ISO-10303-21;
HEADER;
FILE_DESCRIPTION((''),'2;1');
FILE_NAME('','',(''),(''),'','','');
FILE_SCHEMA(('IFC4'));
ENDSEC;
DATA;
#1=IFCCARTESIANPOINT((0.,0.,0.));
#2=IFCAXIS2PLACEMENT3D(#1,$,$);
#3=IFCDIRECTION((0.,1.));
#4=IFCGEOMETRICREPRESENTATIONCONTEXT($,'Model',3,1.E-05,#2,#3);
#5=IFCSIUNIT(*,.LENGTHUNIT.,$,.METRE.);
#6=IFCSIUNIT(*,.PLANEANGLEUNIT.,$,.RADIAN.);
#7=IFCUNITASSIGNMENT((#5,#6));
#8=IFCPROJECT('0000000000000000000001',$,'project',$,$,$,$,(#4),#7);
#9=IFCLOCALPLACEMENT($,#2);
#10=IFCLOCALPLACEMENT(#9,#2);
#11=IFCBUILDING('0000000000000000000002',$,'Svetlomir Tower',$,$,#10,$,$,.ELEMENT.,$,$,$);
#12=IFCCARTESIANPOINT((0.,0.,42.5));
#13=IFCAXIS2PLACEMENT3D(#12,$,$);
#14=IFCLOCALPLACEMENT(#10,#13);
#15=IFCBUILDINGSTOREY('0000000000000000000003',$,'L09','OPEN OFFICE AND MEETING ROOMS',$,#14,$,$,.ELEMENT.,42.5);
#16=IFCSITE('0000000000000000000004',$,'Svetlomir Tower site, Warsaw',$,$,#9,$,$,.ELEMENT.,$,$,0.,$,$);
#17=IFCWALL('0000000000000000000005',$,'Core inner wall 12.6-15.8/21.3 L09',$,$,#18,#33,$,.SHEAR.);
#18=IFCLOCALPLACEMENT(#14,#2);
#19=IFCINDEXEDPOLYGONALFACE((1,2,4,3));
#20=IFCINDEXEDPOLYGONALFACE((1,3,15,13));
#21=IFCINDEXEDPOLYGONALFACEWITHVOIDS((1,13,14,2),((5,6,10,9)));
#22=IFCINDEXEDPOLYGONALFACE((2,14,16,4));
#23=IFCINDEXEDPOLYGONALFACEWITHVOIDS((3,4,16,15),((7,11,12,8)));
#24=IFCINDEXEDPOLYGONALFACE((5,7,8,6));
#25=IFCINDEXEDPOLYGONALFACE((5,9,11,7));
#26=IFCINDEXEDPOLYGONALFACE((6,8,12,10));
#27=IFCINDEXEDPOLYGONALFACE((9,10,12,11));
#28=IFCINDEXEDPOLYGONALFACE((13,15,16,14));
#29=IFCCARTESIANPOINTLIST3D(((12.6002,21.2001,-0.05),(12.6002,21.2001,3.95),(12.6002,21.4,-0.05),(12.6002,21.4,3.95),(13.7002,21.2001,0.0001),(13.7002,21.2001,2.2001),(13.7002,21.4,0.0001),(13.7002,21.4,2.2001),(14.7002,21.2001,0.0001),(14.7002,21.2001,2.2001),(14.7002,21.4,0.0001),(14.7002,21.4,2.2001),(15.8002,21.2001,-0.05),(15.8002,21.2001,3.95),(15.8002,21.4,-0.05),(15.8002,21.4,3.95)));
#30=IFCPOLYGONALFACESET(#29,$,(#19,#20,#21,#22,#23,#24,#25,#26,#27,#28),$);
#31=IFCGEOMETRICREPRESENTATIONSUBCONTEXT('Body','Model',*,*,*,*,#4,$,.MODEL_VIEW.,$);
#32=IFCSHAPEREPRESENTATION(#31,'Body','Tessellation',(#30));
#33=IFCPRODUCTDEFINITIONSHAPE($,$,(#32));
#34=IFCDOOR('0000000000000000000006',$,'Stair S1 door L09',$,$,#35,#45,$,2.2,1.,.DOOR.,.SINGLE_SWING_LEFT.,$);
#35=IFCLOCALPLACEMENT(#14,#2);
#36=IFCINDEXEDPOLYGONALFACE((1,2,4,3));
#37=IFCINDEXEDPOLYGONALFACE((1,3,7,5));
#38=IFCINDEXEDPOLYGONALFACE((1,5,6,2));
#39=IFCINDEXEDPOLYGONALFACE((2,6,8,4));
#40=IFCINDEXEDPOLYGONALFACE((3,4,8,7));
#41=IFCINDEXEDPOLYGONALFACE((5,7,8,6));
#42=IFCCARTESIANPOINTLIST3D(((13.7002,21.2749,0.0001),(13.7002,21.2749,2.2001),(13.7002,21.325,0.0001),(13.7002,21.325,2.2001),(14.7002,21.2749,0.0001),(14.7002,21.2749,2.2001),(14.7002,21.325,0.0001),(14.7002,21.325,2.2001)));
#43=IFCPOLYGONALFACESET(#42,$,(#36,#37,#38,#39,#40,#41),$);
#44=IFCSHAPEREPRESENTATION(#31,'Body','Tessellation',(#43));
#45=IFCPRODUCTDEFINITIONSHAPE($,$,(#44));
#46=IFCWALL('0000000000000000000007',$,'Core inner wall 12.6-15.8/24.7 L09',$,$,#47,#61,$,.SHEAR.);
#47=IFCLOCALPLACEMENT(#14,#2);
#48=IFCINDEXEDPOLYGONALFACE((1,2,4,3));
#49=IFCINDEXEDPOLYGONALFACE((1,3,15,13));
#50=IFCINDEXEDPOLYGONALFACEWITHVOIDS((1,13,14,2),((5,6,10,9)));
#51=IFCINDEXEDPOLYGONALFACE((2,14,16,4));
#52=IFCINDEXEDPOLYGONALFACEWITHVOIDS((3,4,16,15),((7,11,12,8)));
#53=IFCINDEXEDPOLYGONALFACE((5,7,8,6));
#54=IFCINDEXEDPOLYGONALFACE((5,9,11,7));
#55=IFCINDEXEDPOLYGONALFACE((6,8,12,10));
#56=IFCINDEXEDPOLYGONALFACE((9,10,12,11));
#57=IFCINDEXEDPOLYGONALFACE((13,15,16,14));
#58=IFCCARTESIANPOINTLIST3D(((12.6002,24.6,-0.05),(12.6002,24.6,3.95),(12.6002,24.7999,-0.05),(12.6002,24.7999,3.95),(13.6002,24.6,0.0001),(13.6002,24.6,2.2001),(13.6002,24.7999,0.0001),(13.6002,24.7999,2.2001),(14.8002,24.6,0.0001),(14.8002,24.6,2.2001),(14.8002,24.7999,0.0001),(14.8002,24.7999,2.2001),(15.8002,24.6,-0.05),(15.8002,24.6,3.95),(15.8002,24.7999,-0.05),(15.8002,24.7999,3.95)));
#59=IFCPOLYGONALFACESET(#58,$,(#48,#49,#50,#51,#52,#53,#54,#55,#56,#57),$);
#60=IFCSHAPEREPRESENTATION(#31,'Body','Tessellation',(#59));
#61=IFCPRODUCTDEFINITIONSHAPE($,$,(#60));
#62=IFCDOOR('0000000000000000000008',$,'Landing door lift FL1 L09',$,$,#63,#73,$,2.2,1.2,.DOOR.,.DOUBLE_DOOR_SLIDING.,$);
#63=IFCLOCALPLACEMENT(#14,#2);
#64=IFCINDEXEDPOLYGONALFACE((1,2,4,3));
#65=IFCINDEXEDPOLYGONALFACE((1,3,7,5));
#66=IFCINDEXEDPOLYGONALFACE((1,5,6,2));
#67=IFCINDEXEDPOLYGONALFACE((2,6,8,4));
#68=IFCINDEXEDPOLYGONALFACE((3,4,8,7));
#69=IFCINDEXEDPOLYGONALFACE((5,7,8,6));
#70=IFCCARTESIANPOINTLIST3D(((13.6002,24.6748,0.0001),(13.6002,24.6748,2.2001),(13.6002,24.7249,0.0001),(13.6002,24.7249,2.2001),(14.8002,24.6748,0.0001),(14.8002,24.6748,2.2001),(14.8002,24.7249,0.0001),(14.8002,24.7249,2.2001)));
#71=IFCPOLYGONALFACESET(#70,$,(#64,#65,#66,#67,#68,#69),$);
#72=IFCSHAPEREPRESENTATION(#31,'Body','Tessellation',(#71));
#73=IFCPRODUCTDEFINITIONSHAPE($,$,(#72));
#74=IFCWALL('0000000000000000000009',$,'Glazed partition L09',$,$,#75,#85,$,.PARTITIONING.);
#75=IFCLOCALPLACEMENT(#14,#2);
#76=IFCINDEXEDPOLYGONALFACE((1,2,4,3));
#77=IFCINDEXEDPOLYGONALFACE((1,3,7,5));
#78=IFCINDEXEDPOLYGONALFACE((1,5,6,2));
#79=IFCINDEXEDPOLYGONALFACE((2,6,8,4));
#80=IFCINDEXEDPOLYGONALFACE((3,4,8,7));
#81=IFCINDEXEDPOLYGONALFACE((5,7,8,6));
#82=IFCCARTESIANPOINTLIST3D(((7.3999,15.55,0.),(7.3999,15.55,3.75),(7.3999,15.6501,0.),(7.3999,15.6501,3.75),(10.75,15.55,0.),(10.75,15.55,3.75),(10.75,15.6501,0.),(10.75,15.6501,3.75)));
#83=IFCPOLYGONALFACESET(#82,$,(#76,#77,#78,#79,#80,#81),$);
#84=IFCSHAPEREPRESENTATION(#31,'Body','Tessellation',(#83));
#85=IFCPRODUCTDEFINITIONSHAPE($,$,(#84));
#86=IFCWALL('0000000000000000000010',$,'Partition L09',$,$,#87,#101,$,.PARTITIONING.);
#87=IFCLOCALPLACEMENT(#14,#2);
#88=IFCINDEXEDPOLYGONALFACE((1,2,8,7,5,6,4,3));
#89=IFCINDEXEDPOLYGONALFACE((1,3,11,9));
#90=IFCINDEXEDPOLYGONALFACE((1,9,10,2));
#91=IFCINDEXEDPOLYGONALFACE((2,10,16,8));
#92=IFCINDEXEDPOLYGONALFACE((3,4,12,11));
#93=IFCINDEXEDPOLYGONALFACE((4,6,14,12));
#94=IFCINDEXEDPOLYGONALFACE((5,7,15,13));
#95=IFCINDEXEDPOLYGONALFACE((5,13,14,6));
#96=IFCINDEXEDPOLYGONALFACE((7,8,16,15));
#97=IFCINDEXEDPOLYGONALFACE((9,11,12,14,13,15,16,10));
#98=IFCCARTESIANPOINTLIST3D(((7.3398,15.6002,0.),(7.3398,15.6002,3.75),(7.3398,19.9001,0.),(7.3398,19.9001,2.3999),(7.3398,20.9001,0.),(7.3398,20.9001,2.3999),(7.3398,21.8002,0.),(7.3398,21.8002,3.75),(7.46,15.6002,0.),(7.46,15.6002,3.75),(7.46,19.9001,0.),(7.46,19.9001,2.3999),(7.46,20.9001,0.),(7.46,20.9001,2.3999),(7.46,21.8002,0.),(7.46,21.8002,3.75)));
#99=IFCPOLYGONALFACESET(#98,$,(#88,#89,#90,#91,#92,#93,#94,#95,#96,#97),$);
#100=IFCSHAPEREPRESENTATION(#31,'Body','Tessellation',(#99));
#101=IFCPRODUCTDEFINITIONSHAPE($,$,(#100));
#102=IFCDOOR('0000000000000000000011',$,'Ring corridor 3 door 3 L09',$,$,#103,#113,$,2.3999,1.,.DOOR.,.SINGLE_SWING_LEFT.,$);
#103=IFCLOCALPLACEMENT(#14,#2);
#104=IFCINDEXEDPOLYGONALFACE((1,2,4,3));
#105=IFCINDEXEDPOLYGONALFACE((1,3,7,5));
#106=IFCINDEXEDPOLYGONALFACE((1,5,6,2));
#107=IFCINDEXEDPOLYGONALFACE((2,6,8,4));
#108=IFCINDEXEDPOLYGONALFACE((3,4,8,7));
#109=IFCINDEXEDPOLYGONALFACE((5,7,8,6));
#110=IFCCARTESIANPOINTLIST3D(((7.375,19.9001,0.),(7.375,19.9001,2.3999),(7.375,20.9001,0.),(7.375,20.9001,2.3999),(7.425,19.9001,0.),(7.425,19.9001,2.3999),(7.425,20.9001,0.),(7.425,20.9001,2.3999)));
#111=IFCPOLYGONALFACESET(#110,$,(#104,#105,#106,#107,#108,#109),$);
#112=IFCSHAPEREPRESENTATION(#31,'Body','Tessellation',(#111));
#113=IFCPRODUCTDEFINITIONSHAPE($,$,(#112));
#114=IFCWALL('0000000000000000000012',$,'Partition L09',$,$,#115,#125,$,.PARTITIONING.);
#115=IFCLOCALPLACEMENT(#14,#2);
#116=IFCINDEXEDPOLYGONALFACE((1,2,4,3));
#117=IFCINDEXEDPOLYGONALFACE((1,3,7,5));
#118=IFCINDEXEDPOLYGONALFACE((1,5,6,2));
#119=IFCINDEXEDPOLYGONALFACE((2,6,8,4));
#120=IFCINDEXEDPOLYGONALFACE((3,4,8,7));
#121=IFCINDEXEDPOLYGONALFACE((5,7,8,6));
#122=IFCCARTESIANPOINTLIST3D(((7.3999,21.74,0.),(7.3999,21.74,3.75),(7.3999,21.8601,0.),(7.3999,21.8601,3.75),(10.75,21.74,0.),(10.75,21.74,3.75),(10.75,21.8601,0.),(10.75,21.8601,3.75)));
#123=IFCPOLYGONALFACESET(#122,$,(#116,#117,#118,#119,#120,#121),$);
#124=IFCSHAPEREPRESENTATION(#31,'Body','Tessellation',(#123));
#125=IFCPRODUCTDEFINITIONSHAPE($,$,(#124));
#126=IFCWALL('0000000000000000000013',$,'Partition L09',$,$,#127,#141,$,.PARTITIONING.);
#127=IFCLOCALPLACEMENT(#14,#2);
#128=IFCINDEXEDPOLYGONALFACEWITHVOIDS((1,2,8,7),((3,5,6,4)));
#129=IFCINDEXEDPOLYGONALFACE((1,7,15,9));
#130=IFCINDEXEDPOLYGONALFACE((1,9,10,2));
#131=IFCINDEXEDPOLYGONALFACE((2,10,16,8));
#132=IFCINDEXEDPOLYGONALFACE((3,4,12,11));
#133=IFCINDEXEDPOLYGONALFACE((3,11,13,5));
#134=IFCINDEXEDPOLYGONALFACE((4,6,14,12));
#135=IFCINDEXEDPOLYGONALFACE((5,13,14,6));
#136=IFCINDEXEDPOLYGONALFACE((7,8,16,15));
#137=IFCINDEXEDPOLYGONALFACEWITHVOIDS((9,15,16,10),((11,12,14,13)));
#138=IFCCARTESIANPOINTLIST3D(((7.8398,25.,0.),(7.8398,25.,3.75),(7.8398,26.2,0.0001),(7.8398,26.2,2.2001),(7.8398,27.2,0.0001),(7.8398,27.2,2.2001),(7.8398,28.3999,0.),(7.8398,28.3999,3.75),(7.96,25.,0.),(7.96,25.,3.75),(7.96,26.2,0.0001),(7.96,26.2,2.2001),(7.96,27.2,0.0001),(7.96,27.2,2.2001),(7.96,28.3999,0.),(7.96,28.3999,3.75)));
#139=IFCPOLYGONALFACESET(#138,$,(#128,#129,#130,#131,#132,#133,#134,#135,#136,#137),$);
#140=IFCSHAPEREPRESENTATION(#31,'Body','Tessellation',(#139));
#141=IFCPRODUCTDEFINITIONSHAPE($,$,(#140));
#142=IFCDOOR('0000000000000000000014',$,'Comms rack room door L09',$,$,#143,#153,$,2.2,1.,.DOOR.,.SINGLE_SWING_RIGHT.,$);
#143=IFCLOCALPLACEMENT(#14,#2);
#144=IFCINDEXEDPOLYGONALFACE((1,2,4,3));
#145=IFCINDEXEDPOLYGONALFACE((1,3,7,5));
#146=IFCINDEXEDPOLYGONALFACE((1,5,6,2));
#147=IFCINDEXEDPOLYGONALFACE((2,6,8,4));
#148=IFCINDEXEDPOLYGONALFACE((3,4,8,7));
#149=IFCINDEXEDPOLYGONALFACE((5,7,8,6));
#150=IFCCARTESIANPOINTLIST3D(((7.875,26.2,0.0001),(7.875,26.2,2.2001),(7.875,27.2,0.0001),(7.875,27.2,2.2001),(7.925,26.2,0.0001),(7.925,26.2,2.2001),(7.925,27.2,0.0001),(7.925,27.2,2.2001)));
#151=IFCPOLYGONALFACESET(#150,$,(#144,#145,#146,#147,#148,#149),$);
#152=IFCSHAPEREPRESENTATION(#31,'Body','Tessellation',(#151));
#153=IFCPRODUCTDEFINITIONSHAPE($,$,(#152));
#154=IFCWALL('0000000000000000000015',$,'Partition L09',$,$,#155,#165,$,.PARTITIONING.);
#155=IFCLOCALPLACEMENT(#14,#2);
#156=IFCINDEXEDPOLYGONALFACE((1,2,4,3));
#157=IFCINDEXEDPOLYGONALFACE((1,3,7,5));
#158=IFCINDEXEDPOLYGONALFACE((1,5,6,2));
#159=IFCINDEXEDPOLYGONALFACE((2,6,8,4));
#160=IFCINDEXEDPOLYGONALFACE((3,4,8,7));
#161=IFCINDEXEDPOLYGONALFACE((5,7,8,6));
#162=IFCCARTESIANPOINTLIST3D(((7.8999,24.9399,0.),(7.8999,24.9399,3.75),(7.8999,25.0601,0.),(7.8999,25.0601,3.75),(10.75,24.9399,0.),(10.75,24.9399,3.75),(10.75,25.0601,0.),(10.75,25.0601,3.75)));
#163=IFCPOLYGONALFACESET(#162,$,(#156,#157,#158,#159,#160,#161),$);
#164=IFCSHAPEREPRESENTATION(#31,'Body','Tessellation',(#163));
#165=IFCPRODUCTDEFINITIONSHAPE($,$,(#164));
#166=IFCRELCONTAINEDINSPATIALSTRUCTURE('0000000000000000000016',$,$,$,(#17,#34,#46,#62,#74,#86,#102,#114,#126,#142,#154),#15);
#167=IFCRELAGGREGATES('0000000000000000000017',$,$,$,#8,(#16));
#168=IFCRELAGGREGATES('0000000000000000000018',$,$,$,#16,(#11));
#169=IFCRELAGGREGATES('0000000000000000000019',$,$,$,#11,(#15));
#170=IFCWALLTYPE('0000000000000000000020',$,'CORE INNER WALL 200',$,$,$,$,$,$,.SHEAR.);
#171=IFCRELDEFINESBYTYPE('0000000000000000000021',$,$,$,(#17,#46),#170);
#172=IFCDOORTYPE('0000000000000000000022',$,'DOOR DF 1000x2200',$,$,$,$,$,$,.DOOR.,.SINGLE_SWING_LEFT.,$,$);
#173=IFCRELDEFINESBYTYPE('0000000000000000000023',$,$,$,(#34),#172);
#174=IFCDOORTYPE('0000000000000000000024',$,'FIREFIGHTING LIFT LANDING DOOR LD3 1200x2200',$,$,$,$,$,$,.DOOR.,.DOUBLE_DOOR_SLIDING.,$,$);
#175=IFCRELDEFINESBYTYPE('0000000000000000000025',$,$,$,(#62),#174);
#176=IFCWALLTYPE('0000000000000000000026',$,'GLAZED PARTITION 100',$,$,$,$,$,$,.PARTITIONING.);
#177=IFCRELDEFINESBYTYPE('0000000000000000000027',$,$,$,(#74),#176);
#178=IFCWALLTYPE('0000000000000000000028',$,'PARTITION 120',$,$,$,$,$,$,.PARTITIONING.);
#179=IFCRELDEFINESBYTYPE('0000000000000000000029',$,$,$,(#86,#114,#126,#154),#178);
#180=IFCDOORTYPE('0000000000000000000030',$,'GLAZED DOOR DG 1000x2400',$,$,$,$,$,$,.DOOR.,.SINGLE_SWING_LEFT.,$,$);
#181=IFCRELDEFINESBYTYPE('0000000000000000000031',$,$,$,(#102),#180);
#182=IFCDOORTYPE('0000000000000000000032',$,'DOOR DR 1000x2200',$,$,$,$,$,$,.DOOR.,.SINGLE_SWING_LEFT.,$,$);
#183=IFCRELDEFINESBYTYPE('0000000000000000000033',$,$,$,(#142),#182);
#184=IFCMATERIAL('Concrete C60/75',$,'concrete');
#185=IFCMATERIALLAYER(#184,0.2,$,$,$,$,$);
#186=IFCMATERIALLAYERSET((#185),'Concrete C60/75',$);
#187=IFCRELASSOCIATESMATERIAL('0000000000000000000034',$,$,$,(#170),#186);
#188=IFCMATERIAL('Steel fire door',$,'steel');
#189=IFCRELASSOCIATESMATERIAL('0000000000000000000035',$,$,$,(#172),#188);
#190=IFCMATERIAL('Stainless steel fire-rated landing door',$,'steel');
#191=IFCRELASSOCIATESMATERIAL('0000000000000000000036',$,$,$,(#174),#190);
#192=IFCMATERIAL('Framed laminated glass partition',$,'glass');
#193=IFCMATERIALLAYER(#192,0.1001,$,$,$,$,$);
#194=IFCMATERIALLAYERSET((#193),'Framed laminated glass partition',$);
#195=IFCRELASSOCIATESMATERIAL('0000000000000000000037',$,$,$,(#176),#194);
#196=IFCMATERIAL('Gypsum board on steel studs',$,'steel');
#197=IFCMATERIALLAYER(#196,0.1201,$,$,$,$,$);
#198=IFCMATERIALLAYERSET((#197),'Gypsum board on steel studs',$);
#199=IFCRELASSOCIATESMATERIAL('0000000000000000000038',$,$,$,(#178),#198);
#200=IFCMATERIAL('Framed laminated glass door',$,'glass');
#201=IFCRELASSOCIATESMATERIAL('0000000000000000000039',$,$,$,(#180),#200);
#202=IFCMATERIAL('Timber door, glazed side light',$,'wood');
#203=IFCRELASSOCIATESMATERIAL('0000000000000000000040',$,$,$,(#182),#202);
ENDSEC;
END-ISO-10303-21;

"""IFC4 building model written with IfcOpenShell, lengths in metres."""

from ifc_helpers import new_model, si_unit, direction, frame, frame_2d, origin, place, context, subcontext, project, spatial, rectangle, extrude, material, layer, layer_set, type_object, element, fill, save


model = new_model("IFC4")

# Units and contexts
model_context = context("Model", 3, precision=1e-05, world=origin(), true_north=direction((0.0, 1.0)))
body_context = subcontext(model_context, "Body", "Model", "MODEL_VIEW")
ifc_project = project(units=[si_unit("LENGTHUNIT", "METRE"), si_unit("PLANEANGLEUNIT", "RADIAN")], contexts=[model_context])

# Site, building, storey
site_placement = place(None, origin())
site = spatial("IfcSite", under=ifc_project, at=site_placement, Name="Svetlomir Tower site, Warsaw", CompositionType="ELEMENT", RefElevation=0.0)
building_placement = place(site_placement, origin())
building = spatial("IfcBuilding", under=site, at=building_placement, Name="Svetlomir Tower", CompositionType="ELEMENT")
storey_placement = place(building_placement, frame((0.0, 0.0, 42.5)))
storey = spatial("IfcBuildingStorey", under=building, at=storey_placement, Name="L09", Description="OPEN OFFICE AND MEETING ROOMS", CompositionType="ELEMENT", Elevation=42.5)

# Walls, openings, doors
ifc_material_1 = material(Name="Concrete C60/75", Category="concrete")
ifc_layer_1 = layer(ifc_material_1, 0.2)
ifc_layer_set_1 = layer_set([ifc_layer_1], Name="Concrete C60/75")
wall_type_1 = type_object("IfcWallType", Name="CORE INNER WALL 200", PredefinedType="SHEAR", material=ifc_layer_set_1)
wall_1_placement = place(storey_placement, frame((12.6001, 21.3, -0.05), z_axis=(0.0, 0.0, 1.0), x_axis=(1.0, 0.0, 0.0)))
wall_1 = element("IfcWall", 1, at=wall_1_placement, inside=storey, type_object=wall_type_1, Name="Core inner wall 12.6-15.8/21.3 L09", PredefinedType="SHEAR", context=body_context, shape_type="SweptSolid", body=[
    extrude(rectangle(XDim=3.2, YDim=0.2, at=frame_2d((1.6001, 0.0))), origin(), (0.0, 0.0, 1.0), 4.0),
])
opening_1_placement = place(wall_1_placement, frame((1.1001, 0.0, 0.05)))
opening_1 = element("IfcOpeningElement", 2, at=opening_1_placement, cuts=wall_1, PredefinedType="OPENING", context=body_context, shape_type="SweptSolid", body=[
    extrude(rectangle(XDim=1.0, YDim=2.2, at=frame_2d((0.5, 1.1001))), frame((0.0, 0.1099, 0.0), z_axis=(0.0, -1.0, 0.0), x_axis=(1.0, 0.0, 0.0)), (0.0, 0.0, 1.0), 0.22),
])
ifc_material_2 = material(Name="Steel fire door", Category="steel")
door_type_1 = type_object("IfcDoorType", Name="DOOR DF 1000x2200", OperationType="SINGLE_SWING_LEFT", PredefinedType="DOOR", material=ifc_material_2)
door_1_placement = place(opening_1_placement, origin())
door_1 = element("IfcDoor", 3, at=door_1_placement, inside=storey, type_object=door_type_1, Name="Stair S1 door L09", OperationType="SINGLE_SWING_LEFT", OverallHeight=2.2, OverallWidth=1.0, PredefinedType="DOOR", context=body_context, shape_type="SweptSolid", body=[
    extrude(rectangle(XDim=1.0, YDim=2.2, at=frame_2d((0.5, 1.1001))), frame((0.0, 0.0249, 0.0), z_axis=(0.0, -1.0, 0.0), x_axis=(1.0, 0.0, 0.0)), (0.0, 0.0, 1.0), 0.05),
])
fill(opening_1, door_1)
wall_2_placement = place(storey_placement, frame((12.6001, 24.7, -0.05), z_axis=(0.0, 0.0, 1.0), x_axis=(1.0, 0.0, 0.0)))
wall_2 = element("IfcWall", 4, at=wall_2_placement, inside=storey, type_object=wall_type_1, Name="Core inner wall 12.6-15.8/24.7 L09", PredefinedType="SHEAR", context=body_context, shape_type="SweptSolid", body=[
    extrude(rectangle(XDim=3.2, YDim=0.2, at=frame_2d((1.6001, 0.0))), origin(), (0.0, 0.0, 1.0), 4.0),
])
opening_2_placement = place(wall_2_placement, frame((1.0, 0.0, 0.05)))
opening_2 = element("IfcOpeningElement", 5, at=opening_2_placement, cuts=wall_2, PredefinedType="OPENING", context=body_context, shape_type="SweptSolid", body=[
    extrude(rectangle(XDim=1.2, YDim=2.2, at=frame_2d((0.6001, 1.1001))), frame((0.0, 0.1099, 0.0), z_axis=(0.0, -1.0, 0.0), x_axis=(1.0, 0.0, 0.0)), (0.0, 0.0, 1.0), 0.22),
])
ifc_material_3 = material(Name="Stainless steel fire-rated landing door", Category="steel")
door_type_2 = type_object("IfcDoorType", Name="FIREFIGHTING LIFT LANDING DOOR LD3 1200x2200", OperationType="DOUBLE_DOOR_SLIDING", PredefinedType="DOOR", material=ifc_material_3)
door_2_placement = place(opening_2_placement, origin())
door_2 = element("IfcDoor", 6, at=door_2_placement, inside=storey, type_object=door_type_2, Name="Landing door lift FL1 L09", OperationType="DOUBLE_DOOR_SLIDING", OverallHeight=2.2, OverallWidth=1.2, PredefinedType="DOOR", context=body_context, shape_type="SweptSolid", body=[
    extrude(rectangle(XDim=1.2, YDim=2.2, at=frame_2d((0.6001, 1.1001))), frame((0.0, 0.0249, 0.0), z_axis=(0.0, -1.0, 0.0), x_axis=(1.0, 0.0, 0.0)), (0.0, 0.0, 1.0), 0.05),
])
fill(opening_2, door_2)

# Wall
ifc_material_4 = material(Name="Framed laminated glass partition", Category="glass")
ifc_layer_2 = layer(ifc_material_4, 0.1001)
ifc_layer_set_2 = layer_set([ifc_layer_2], Name="Framed laminated glass partition")
wall_type_2 = type_object("IfcWallType", Name="GLAZED PARTITION 100", PredefinedType="PARTITIONING", material=ifc_layer_set_2)
wall_3_placement = place(storey_placement, frame((7.3999, 15.6001, 0.0), z_axis=(0.0, 0.0, 1.0), x_axis=(1.0, 0.0, 0.0)))
element("IfcWall", 7, at=wall_3_placement, inside=storey, type_object=wall_type_2, Name="Glazed partition L09", PredefinedType="PARTITIONING", context=body_context, shape_type="SweptSolid", body=[
    extrude(rectangle(XDim=3.3501, YDim=0.1001, at=frame_2d((1.675, 0.0))), origin(), (0.0, 0.0, 1.0), 3.75),
])

# Wall, opening, door
ifc_material_5 = material(Name="Gypsum board on steel studs", Category="steel")
ifc_layer_3 = layer(ifc_material_5, 0.1201)
ifc_layer_set_3 = layer_set([ifc_layer_3], Name="Gypsum board on steel studs")
wall_type_3 = type_object("IfcWallType", Name="PARTITION 120", PredefinedType="PARTITIONING", material=ifc_layer_set_3)
wall_4_placement = place(storey_placement, frame((7.3999, 15.6001, 0.0), z_axis=(0.0, 0.0, 1.0), x_axis=(0.0, 1.0, 0.0)))
wall_4 = element("IfcWall", 8, at=wall_4_placement, inside=storey, type_object=wall_type_3, Name="Partition L09", PredefinedType="PARTITIONING", context=body_context, shape_type="SweptSolid", body=[
    extrude(rectangle(XDim=6.2, YDim=0.1201, at=frame_2d((3.1001, 0.0))), origin(), (0.0, 0.0, 1.0), 3.75),
])
opening_3_placement = place(wall_4_placement, frame((4.3, 0.0, 0.0)))
opening_3 = element("IfcOpeningElement", 9, at=opening_3_placement, cuts=wall_4, PredefinedType="OPENING", context=body_context, shape_type="SweptSolid", body=[
    extrude(rectangle(XDim=1.0, YDim=2.3999, at=frame_2d((0.5, 1.2))), frame((0.0, 0.0701, 0.0), z_axis=(0.0, -1.0, 0.0), x_axis=(1.0, 0.0, 0.0)), (0.0, 0.0, 1.0), 0.1401),
])
ifc_material_6 = material(Name="Framed laminated glass door", Category="glass")
door_type_3 = type_object("IfcDoorType", Name="GLAZED DOOR DG 1000x2400", OperationType="SINGLE_SWING_LEFT", PredefinedType="DOOR", material=ifc_material_6)
door_3_placement = place(opening_3_placement, origin())
door_3 = element("IfcDoor", 10, at=door_3_placement, inside=storey, type_object=door_type_3, Name="Ring corridor 3 door 3 L09", OperationType="SINGLE_SWING_LEFT", OverallHeight=2.3999, OverallWidth=1.0, PredefinedType="DOOR", context=body_context, shape_type="SweptSolid", body=[
    extrude(rectangle(XDim=1.0, YDim=2.3999, at=frame_2d((0.5, 1.2))), frame((0.0, 0.0249, 0.0), z_axis=(0.0, -1.0, 0.0), x_axis=(1.0, 0.0, 0.0)), (0.0, 0.0, 1.0), 0.05),
])
fill(opening_3, door_3)

# Wall
wall_5_placement = place(storey_placement, frame((7.3999, 21.8, 0.0), z_axis=(0.0, 0.0, 1.0), x_axis=(1.0, 0.0, 0.0)))
element("IfcWall", 11, at=wall_5_placement, inside=storey, type_object=wall_type_3, Name="Partition L09", PredefinedType="PARTITIONING", context=body_context, shape_type="SweptSolid", body=[
    extrude(rectangle(XDim=3.3501, YDim=0.1201, at=frame_2d((1.675, 0.0))), origin(), (0.0, 0.0, 1.0), 3.75),
])

# Wall, opening, door
wall_6_placement = place(storey_placement, frame((7.8999, 25.0, 0.0), z_axis=(0.0, 0.0, 1.0), x_axis=(0.0, 1.0, 0.0)))
wall_6 = element("IfcWall", 12, at=wall_6_placement, inside=storey, type_object=wall_type_3, Name="Partition L09", PredefinedType="PARTITIONING", context=body_context, shape_type="SweptSolid", body=[
    extrude(rectangle(XDim=3.3999, YDim=0.1201, at=frame_2d((1.7, 0.0))), origin(), (0.0, 0.0, 1.0), 3.75),
])
opening_4_placement = place(wall_6_placement, frame((1.2, 0.0, 0.0)))
opening_4 = element("IfcOpeningElement", 13, at=opening_4_placement, cuts=wall_6, PredefinedType="OPENING", context=body_context, shape_type="SweptSolid", body=[
    extrude(rectangle(XDim=1.0, YDim=2.2, at=frame_2d((0.5, 1.1001))), frame((0.0, 0.0701, 0.0), z_axis=(0.0, -1.0, 0.0), x_axis=(1.0, 0.0, 0.0)), (0.0, 0.0, 1.0), 0.1401),
])
ifc_material_7 = material(Name="Timber door, glazed side light", Category="wood")
door_type_4 = type_object("IfcDoorType", Name="DOOR DR 1000x2200", OperationType="SINGLE_SWING_LEFT", PredefinedType="DOOR", material=ifc_material_7)
door_4_placement = place(opening_4_placement, origin())
door_4 = element("IfcDoor", 14, at=door_4_placement, inside=storey, type_object=door_type_4, Name="Comms rack room door L09", OperationType="SINGLE_SWING_RIGHT", OverallHeight=2.2, OverallWidth=1.0, PredefinedType="DOOR", context=body_context, shape_type="SweptSolid", body=[
    extrude(rectangle(XDim=1.0, YDim=2.2, at=frame_2d((0.5, 1.1001))), frame((0.0, 0.0249, 0.0), z_axis=(0.0, -1.0, 0.0), x_axis=(1.0, 0.0, 0.0)), (0.0, 0.0, 1.0), 0.05),
])
fill(opening_4, door_4)

# Wall
wall_7_placement = place(storey_placement, frame((7.8999, 25.0, 0.0), z_axis=(0.0, 0.0, 1.0), x_axis=(1.0, 0.0, 0.0)))
element("IfcWall", 15, at=wall_7_placement, inside=storey, type_object=wall_type_3, Name="Partition L09", PredefinedType="PARTITIONING", context=body_context, shape_type="SweptSolid", body=[
    extrude(rectangle(XDim=2.8501, YDim=0.1201, at=frame_2d((1.425, 0.0))), origin(), (0.0, 0.0, 1.0), 3.75),
])

save(model, "model.ifc")
